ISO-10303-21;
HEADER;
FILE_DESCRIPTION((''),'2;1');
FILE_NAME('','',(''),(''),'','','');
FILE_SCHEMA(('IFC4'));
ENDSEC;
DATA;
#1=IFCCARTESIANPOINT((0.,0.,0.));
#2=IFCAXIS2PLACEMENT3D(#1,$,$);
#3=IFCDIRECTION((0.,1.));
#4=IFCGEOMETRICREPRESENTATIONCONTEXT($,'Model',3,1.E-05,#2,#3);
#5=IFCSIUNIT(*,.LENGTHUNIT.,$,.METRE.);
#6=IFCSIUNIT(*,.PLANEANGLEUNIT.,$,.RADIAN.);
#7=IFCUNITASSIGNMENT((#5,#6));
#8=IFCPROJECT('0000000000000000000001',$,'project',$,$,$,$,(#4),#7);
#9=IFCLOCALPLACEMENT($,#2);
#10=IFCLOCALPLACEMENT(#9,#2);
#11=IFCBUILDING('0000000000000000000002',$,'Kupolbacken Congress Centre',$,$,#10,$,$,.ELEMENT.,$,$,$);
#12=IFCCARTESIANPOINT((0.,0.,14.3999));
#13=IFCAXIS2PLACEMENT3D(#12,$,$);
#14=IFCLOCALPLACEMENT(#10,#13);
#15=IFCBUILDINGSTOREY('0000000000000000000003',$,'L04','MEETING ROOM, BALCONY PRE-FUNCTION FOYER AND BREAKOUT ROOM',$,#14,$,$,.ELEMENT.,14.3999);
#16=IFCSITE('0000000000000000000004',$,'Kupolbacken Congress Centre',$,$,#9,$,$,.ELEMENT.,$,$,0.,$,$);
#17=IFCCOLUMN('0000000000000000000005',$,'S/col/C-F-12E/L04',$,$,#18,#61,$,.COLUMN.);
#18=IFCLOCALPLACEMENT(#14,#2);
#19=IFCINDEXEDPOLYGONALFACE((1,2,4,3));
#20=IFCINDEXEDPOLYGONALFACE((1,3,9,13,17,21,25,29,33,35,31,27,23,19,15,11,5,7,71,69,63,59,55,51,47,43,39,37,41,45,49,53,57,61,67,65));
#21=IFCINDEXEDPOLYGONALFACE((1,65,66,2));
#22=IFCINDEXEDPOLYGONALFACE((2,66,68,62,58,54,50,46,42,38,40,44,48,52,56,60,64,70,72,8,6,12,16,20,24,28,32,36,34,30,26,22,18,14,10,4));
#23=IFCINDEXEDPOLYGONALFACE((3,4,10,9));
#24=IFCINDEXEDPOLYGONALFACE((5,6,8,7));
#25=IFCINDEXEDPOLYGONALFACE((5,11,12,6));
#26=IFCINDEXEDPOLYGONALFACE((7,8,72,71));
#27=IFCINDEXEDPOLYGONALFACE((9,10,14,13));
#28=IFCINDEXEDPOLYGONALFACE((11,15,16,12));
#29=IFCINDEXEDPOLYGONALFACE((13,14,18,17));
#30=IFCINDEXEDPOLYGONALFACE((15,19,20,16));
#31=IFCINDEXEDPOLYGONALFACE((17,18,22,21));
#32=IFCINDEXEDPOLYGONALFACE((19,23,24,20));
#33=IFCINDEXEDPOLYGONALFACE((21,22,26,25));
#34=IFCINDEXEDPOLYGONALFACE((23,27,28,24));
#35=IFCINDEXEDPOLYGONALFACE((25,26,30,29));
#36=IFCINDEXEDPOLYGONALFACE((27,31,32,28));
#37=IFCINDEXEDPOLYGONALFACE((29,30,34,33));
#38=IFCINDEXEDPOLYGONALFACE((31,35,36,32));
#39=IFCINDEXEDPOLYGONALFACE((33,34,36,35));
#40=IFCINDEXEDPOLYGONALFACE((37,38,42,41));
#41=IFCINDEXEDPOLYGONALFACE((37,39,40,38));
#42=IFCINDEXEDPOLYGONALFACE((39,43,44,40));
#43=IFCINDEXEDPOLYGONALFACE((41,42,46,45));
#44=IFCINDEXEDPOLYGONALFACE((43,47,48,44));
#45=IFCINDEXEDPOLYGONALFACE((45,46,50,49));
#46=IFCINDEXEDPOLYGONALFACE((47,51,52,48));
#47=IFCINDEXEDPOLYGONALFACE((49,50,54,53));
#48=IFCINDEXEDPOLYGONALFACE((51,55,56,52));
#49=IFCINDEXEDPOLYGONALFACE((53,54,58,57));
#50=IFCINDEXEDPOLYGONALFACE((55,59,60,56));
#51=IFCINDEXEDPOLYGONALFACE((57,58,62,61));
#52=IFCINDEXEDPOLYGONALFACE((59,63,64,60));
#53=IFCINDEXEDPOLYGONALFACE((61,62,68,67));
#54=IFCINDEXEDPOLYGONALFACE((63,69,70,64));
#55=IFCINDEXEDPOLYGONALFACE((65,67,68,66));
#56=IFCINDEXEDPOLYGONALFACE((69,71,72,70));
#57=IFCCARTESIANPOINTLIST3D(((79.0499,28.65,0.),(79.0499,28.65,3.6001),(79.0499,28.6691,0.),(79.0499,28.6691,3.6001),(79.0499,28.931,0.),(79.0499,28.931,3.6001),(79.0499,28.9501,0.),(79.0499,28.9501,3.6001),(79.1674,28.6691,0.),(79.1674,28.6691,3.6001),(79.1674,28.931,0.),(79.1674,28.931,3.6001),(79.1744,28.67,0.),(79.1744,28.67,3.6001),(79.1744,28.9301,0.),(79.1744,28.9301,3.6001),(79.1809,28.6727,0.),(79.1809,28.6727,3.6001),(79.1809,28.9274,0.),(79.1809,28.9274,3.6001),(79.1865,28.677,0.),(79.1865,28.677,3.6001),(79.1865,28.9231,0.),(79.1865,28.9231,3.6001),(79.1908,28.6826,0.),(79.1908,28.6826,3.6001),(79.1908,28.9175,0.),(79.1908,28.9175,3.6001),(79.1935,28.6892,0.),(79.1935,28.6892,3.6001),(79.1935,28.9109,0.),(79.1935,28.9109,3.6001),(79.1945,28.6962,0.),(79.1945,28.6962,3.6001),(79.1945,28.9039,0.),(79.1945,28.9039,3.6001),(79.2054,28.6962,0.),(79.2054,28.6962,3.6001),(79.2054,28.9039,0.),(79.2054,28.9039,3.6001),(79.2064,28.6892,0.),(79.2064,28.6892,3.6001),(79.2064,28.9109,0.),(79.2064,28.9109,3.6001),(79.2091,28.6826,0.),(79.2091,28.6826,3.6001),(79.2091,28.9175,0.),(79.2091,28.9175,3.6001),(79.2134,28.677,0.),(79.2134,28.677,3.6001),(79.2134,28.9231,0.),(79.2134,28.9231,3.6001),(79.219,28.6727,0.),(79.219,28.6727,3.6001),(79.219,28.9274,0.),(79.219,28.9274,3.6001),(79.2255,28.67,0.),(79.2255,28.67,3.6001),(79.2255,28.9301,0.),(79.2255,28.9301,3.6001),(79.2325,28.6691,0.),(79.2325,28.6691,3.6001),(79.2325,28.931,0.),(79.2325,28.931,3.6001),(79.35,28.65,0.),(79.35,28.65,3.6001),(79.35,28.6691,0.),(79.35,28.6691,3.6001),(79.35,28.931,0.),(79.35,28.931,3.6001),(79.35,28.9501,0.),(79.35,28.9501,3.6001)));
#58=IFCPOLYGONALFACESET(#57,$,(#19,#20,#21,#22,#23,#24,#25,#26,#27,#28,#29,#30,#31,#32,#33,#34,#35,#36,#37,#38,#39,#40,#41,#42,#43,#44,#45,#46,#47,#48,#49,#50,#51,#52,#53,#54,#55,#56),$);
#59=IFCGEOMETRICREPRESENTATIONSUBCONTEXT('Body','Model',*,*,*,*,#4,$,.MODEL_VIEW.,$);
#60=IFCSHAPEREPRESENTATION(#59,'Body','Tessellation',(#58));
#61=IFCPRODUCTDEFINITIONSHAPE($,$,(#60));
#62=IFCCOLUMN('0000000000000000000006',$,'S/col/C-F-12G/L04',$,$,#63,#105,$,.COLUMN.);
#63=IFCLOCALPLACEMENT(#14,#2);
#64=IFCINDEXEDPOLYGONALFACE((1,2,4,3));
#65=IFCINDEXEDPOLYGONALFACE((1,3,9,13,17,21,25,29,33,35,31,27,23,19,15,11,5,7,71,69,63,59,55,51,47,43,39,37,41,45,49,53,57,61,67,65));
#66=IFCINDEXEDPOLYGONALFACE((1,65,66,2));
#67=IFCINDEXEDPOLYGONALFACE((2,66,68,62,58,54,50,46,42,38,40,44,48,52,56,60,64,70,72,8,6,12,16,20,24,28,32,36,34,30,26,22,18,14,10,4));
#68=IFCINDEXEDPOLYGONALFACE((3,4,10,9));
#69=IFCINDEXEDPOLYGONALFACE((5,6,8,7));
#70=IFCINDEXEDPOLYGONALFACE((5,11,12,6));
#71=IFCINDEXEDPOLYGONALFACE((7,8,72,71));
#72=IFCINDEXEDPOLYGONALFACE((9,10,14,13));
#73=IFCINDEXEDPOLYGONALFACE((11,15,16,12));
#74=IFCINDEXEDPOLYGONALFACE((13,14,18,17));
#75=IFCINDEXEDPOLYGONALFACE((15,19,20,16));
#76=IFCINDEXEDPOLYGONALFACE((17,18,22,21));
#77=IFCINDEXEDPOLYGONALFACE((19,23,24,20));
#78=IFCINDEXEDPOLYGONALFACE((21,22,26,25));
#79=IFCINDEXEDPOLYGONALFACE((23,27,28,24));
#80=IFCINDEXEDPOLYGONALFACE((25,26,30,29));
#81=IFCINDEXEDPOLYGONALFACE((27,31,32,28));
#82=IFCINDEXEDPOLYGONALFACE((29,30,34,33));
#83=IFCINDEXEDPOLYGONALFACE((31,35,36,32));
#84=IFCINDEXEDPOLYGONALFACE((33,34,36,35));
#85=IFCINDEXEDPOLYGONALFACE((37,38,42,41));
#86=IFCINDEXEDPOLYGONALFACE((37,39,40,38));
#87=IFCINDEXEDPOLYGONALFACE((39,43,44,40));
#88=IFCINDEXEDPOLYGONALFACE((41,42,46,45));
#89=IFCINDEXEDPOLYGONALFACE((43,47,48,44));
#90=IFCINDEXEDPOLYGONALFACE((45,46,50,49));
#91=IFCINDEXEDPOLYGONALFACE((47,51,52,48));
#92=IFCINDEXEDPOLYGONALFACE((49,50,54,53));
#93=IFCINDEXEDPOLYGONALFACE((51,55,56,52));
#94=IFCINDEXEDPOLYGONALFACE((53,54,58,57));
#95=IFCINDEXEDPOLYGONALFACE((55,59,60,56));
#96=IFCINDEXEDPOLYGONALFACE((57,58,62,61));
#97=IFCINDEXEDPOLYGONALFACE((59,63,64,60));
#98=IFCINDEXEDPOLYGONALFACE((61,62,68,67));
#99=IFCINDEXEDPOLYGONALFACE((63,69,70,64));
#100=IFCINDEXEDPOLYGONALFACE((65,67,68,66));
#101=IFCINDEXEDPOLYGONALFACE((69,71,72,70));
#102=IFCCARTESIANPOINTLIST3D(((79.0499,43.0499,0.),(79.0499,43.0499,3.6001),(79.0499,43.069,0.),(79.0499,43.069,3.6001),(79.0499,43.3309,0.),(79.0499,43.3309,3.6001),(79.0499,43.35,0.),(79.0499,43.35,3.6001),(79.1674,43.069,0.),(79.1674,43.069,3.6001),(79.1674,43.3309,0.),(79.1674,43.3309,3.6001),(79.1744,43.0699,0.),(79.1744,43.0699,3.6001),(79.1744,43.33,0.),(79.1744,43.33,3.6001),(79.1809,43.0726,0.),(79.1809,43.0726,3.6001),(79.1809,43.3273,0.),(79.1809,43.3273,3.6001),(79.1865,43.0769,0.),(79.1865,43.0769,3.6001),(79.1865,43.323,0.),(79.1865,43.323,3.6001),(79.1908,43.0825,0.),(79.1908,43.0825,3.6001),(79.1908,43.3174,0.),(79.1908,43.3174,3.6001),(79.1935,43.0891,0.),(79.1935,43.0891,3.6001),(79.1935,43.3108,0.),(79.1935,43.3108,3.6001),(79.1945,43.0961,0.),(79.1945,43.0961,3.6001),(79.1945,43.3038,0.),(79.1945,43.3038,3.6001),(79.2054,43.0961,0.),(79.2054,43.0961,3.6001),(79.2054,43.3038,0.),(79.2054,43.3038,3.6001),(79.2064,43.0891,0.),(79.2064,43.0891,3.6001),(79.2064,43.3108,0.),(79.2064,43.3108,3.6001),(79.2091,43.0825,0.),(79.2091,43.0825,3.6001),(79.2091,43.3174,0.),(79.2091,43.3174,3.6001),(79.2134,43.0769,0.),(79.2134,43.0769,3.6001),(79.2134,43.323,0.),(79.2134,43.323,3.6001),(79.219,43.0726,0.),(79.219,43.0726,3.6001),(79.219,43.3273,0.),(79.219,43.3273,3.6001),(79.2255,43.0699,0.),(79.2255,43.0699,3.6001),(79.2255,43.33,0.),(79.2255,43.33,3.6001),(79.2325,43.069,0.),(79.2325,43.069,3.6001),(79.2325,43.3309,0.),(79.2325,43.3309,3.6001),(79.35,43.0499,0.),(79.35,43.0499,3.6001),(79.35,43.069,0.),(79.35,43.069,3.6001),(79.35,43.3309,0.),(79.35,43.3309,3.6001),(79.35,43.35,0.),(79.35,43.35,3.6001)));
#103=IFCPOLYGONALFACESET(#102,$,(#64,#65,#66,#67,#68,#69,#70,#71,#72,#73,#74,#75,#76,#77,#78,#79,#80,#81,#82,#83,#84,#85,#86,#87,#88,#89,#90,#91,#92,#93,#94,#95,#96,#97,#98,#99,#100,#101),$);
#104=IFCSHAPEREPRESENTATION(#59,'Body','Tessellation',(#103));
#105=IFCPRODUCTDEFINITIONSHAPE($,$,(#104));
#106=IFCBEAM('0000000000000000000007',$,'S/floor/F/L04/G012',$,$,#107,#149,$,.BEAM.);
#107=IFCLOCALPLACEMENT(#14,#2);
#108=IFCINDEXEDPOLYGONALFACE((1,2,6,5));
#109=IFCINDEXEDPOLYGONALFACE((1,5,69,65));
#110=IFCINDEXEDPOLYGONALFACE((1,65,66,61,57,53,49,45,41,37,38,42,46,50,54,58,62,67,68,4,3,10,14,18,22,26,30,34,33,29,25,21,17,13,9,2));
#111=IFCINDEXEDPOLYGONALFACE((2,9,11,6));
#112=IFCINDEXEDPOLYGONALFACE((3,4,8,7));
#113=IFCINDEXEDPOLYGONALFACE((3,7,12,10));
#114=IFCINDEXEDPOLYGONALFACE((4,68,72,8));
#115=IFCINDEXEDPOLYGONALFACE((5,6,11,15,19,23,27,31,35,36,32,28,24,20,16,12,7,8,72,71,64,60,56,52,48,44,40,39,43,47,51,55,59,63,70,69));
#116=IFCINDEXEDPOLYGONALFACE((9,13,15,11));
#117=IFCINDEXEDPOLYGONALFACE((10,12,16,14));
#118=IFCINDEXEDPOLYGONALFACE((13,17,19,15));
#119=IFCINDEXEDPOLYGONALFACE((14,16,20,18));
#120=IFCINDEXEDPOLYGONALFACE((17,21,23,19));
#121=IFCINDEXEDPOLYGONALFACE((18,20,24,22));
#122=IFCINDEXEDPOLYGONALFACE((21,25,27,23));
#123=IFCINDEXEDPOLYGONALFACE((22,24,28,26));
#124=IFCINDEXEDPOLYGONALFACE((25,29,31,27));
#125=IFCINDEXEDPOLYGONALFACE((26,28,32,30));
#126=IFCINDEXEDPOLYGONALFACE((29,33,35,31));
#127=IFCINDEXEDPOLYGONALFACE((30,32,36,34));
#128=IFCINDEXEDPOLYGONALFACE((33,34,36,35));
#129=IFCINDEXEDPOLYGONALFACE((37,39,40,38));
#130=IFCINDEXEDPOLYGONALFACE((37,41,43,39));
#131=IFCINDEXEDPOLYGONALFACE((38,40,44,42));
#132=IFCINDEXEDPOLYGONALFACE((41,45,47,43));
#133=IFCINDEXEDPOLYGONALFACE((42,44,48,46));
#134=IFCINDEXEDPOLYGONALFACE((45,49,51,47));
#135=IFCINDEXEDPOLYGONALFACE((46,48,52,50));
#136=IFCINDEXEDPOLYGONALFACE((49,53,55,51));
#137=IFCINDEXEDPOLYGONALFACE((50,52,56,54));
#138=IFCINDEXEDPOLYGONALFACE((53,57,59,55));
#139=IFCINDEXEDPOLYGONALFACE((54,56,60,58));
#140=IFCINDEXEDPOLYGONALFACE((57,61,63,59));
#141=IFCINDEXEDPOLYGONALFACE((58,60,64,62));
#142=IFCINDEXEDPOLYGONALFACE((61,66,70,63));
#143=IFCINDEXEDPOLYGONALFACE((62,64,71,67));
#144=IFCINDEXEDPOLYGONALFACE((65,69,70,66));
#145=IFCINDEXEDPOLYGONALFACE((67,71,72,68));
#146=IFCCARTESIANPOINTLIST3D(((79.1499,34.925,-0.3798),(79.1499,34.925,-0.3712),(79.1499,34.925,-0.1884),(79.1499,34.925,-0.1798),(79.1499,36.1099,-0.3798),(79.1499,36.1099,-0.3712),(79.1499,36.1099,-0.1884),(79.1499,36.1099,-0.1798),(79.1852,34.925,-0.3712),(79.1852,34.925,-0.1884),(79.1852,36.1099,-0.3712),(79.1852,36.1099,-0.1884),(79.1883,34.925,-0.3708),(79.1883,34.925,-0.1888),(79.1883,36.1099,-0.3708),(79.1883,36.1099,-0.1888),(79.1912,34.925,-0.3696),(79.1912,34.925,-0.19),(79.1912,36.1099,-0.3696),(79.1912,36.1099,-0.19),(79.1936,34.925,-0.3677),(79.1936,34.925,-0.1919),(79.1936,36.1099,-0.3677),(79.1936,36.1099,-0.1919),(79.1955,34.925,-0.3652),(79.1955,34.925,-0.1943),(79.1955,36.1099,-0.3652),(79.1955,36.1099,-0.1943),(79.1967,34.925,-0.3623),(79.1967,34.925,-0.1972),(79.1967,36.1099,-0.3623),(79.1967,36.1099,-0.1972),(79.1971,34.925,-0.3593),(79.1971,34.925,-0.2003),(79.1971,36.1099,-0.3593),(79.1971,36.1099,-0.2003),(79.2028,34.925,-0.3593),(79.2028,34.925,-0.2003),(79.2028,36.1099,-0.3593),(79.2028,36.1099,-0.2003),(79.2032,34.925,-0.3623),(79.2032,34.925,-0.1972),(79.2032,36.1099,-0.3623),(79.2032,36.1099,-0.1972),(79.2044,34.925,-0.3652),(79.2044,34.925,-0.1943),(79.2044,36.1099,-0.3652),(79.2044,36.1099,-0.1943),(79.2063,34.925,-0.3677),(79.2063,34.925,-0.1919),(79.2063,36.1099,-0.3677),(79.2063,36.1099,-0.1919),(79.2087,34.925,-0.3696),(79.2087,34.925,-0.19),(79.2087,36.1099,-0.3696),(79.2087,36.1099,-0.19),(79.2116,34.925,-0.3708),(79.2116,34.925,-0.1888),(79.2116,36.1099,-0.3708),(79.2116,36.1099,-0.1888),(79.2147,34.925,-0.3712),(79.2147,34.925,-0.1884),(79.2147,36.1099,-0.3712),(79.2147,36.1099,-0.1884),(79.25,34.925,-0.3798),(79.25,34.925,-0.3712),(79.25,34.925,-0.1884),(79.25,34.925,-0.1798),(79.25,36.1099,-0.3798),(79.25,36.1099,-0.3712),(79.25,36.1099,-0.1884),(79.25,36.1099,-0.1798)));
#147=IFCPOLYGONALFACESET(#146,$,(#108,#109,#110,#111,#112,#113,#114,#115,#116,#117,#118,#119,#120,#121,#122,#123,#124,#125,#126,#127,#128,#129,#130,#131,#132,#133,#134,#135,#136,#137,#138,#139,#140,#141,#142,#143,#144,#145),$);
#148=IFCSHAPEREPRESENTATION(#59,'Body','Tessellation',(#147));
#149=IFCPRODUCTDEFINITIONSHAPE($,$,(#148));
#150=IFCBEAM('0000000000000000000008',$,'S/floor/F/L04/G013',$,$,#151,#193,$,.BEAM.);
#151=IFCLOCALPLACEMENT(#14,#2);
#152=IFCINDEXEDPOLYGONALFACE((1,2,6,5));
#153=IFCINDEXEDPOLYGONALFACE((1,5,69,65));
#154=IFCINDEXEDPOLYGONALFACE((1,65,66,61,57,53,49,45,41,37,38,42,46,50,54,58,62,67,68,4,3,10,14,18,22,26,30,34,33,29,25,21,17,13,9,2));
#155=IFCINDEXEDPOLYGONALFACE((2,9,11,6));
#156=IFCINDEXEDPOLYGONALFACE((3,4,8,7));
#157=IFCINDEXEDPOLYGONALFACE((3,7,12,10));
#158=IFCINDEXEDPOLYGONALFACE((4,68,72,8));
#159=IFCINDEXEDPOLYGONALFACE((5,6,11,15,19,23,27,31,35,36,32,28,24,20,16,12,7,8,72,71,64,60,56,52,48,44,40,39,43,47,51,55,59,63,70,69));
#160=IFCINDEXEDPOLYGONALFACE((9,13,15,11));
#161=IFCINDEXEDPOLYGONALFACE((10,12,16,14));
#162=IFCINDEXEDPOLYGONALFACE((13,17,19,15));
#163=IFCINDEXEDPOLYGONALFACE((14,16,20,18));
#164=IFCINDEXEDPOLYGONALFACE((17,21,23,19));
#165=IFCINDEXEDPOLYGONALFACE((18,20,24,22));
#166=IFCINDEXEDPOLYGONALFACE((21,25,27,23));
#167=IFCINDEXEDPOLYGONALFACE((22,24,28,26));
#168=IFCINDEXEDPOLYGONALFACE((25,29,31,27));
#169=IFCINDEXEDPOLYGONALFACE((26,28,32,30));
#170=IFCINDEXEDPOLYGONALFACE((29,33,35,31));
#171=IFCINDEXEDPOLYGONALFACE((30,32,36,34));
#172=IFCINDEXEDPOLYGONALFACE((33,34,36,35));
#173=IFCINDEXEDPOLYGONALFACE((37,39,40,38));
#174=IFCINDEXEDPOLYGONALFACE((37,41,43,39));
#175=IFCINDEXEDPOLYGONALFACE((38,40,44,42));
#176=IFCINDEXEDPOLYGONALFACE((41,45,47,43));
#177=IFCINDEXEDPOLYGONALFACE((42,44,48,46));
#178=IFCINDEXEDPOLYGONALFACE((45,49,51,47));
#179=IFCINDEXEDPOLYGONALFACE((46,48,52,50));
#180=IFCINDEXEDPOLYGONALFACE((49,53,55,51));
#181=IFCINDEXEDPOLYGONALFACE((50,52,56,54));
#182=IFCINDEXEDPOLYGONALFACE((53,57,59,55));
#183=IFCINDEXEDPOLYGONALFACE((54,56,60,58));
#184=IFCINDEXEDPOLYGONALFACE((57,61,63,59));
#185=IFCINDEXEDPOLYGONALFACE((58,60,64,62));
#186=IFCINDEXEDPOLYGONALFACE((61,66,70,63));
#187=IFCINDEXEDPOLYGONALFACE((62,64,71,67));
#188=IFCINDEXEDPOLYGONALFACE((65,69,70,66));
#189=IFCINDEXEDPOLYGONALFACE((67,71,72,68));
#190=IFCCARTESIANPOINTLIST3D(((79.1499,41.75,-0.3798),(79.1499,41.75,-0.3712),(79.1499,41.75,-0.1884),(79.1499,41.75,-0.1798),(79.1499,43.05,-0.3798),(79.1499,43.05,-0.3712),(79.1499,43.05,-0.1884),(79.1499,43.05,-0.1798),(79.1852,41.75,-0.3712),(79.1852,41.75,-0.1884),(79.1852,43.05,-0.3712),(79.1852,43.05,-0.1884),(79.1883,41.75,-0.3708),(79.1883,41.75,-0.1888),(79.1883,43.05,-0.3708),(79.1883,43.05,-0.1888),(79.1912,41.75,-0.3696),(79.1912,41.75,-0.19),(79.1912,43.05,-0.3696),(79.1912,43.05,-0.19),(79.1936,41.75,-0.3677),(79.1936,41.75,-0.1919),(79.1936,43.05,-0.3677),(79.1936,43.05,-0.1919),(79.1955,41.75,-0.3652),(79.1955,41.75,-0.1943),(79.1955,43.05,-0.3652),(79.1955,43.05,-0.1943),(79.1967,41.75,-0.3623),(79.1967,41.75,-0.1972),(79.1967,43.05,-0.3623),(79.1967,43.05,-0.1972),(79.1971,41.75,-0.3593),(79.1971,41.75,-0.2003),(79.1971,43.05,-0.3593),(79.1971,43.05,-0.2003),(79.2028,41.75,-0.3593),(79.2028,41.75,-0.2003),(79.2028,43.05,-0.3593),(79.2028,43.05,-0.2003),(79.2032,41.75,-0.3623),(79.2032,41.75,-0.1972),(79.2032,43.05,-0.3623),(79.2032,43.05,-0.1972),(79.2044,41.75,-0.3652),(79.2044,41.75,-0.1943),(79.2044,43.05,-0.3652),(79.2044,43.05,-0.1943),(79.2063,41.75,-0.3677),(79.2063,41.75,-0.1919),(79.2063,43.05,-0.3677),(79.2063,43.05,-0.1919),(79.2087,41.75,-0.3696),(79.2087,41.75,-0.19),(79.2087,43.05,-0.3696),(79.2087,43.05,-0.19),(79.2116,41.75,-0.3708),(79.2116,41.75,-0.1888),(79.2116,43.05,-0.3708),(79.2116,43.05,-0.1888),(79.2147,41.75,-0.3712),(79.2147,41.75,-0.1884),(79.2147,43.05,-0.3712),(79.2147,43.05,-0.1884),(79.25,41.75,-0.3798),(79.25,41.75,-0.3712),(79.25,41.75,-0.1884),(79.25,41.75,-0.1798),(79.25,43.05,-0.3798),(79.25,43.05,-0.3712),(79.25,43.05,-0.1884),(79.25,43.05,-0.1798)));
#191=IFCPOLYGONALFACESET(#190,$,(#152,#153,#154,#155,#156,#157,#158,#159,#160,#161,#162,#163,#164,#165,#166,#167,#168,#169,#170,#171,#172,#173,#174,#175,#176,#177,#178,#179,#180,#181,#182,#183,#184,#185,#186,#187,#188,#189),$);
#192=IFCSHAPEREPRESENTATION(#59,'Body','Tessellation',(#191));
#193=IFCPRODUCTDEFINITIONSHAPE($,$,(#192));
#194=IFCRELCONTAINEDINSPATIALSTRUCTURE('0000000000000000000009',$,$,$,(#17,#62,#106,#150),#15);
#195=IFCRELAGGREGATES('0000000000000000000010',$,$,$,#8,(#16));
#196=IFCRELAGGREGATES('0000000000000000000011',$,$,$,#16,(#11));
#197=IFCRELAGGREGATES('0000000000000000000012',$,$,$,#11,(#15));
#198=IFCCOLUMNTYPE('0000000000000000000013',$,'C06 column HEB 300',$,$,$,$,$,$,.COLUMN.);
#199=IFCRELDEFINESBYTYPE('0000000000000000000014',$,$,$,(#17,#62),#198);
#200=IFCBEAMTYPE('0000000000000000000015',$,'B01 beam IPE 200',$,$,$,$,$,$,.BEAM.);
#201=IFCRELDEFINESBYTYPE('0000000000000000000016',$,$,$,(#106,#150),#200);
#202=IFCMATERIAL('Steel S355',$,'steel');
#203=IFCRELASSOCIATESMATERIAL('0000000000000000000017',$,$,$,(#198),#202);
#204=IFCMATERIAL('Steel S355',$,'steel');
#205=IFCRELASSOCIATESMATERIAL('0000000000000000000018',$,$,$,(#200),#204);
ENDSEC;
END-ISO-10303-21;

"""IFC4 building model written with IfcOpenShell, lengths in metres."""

from ifc_helpers import new_model, si_unit, direction, frame, origin, origin_2d, place, context, subcontext, project, spatial, i_section, extrude, material, material_profile, profile_set, type_object, element, save


model = new_model("IFC4")

# Units and contexts
model_context = context("Model", 3, precision=1e-05, world=origin(), true_north=direction((0.0, 1.0)))
body_context = subcontext(model_context, "Body", "Model", "MODEL_VIEW")
ifc_project = project(units=[si_unit("LENGTHUNIT", "METRE"), si_unit("PLANEANGLEUNIT", "RADIAN")], contexts=[model_context])

# Site, building, storey
site_placement = place(None, origin())
site = spatial("IfcSite", under=ifc_project, at=site_placement, Name="Kupolbacken Congress Centre", CompositionType="ELEMENT", RefElevation=0.0)
building_placement = place(site_placement, origin())
building = spatial("IfcBuilding", under=site, at=building_placement, Name="Kupolbacken Congress Centre", CompositionType="ELEMENT")
storey_placement = place(building_placement, frame((0.0, 0.0, 14.3999)))
storey = spatial("IfcBuildingStorey", under=building, at=storey_placement, Name="L04", Description="MEETING ROOM, BALCONY PRE-FUNCTION FOYER AND BREAKOUT ROOM", CompositionType="ELEMENT", Elevation=14.3999)

# Columns
ifc_material_1 = material(Name="Steel S355", Category="steel")
ifc_material_profile_1 = material_profile(ifc_material_1, i_section(OverallWidth=0.3, OverallDepth=0.3, WebThickness=0.011, FlangeThickness=0.019, FilletRadius=0.0271, at=origin_2d()), Name="HEB 300")
ifc_profile_set_1 = profile_set([ifc_material_profile_1], Name="Steel S355")
column_type = type_object("IfcColumnType", Name="C06 column HEB 300", PredefinedType="COLUMN", material=ifc_profile_set_1)
for number, where, z_axis, x_axis, name in (
    (1, (79.2, 28.8, 0.0), (0.0, 0.0, 1.0), (1.0, 0.0, 0.0), "S/col/C-F-12E/L04"),
    (2, (79.2, 43.2, 0.0), (0.0, 0.0, 1.0), (1.0, 0.0, 0.0), "S/col/C-F-12G/L04"),
):
    element("IfcColumn", number, at=place(storey_placement, frame(where, z_axis=z_axis, x_axis=x_axis)), inside=storey, type_object=column_type, Name=name, PredefinedType="COLUMN", context=body_context, shape_type="SweptSolid", body=[
        extrude(i_section(OverallWidth=0.3, OverallDepth=0.3, WebThickness=0.011, FlangeThickness=0.019, FilletRadius=0.0271, at=origin_2d()), origin(), (0.0, 0.0, 1.0), 3.6001),
    ])

# Beams
ifc_material_2 = material(Name="Steel S355", Category="steel")
ifc_material_profile_2 = material_profile(ifc_material_2, i_section(OverallWidth=0.1001, OverallDepth=0.2, WebThickness=0.0056, FlangeThickness=0.0085, FilletRadius=0.012, at=origin_2d()), Name="IPE 200")
ifc_profile_set_2 = profile_set([ifc_material_profile_2], Name="Steel S355")
beam_type_1 = type_object("IfcBeamType", Name="B01 beam IPE 200", PredefinedType="BEAM", material=ifc_profile_set_2)
beam_1_placement = place(storey_placement, frame((79.2, 34.925, -0.2798), z_axis=(0.0, 1.0, 0.0), x_axis=(-1.0, 0.0, 0.0)))
element("IfcBeam", 3, at=beam_1_placement, inside=storey, type_object=beam_type_1, Name="S/floor/F/L04/G012", PredefinedType="BEAM", context=body_context, shape_type="SweptSolid", body=[
    extrude(i_section(OverallWidth=0.1001, OverallDepth=0.2, WebThickness=0.0056, FlangeThickness=0.0085, FilletRadius=0.012, at=origin_2d()), origin(), (0.0, 0.0, 1.0), 1.1848),
])
beam_2_placement = place(storey_placement, frame((79.2, 41.75, -0.2798), z_axis=(0.0, 1.0, 0.0), x_axis=(-1.0, 0.0, 0.0)))
element("IfcBeam", 4, at=beam_2_placement, inside=storey, type_object=beam_type_1, Name="S/floor/F/L04/G013", PredefinedType="BEAM", context=body_context, shape_type="SweptSolid", body=[
    extrude(i_section(OverallWidth=0.1001, OverallDepth=0.2, WebThickness=0.0056, FlangeThickness=0.0085, FilletRadius=0.012, at=origin_2d()), origin(), (0.0, 0.0, 1.0), 1.3),
])

save(model, "model.ifc")
